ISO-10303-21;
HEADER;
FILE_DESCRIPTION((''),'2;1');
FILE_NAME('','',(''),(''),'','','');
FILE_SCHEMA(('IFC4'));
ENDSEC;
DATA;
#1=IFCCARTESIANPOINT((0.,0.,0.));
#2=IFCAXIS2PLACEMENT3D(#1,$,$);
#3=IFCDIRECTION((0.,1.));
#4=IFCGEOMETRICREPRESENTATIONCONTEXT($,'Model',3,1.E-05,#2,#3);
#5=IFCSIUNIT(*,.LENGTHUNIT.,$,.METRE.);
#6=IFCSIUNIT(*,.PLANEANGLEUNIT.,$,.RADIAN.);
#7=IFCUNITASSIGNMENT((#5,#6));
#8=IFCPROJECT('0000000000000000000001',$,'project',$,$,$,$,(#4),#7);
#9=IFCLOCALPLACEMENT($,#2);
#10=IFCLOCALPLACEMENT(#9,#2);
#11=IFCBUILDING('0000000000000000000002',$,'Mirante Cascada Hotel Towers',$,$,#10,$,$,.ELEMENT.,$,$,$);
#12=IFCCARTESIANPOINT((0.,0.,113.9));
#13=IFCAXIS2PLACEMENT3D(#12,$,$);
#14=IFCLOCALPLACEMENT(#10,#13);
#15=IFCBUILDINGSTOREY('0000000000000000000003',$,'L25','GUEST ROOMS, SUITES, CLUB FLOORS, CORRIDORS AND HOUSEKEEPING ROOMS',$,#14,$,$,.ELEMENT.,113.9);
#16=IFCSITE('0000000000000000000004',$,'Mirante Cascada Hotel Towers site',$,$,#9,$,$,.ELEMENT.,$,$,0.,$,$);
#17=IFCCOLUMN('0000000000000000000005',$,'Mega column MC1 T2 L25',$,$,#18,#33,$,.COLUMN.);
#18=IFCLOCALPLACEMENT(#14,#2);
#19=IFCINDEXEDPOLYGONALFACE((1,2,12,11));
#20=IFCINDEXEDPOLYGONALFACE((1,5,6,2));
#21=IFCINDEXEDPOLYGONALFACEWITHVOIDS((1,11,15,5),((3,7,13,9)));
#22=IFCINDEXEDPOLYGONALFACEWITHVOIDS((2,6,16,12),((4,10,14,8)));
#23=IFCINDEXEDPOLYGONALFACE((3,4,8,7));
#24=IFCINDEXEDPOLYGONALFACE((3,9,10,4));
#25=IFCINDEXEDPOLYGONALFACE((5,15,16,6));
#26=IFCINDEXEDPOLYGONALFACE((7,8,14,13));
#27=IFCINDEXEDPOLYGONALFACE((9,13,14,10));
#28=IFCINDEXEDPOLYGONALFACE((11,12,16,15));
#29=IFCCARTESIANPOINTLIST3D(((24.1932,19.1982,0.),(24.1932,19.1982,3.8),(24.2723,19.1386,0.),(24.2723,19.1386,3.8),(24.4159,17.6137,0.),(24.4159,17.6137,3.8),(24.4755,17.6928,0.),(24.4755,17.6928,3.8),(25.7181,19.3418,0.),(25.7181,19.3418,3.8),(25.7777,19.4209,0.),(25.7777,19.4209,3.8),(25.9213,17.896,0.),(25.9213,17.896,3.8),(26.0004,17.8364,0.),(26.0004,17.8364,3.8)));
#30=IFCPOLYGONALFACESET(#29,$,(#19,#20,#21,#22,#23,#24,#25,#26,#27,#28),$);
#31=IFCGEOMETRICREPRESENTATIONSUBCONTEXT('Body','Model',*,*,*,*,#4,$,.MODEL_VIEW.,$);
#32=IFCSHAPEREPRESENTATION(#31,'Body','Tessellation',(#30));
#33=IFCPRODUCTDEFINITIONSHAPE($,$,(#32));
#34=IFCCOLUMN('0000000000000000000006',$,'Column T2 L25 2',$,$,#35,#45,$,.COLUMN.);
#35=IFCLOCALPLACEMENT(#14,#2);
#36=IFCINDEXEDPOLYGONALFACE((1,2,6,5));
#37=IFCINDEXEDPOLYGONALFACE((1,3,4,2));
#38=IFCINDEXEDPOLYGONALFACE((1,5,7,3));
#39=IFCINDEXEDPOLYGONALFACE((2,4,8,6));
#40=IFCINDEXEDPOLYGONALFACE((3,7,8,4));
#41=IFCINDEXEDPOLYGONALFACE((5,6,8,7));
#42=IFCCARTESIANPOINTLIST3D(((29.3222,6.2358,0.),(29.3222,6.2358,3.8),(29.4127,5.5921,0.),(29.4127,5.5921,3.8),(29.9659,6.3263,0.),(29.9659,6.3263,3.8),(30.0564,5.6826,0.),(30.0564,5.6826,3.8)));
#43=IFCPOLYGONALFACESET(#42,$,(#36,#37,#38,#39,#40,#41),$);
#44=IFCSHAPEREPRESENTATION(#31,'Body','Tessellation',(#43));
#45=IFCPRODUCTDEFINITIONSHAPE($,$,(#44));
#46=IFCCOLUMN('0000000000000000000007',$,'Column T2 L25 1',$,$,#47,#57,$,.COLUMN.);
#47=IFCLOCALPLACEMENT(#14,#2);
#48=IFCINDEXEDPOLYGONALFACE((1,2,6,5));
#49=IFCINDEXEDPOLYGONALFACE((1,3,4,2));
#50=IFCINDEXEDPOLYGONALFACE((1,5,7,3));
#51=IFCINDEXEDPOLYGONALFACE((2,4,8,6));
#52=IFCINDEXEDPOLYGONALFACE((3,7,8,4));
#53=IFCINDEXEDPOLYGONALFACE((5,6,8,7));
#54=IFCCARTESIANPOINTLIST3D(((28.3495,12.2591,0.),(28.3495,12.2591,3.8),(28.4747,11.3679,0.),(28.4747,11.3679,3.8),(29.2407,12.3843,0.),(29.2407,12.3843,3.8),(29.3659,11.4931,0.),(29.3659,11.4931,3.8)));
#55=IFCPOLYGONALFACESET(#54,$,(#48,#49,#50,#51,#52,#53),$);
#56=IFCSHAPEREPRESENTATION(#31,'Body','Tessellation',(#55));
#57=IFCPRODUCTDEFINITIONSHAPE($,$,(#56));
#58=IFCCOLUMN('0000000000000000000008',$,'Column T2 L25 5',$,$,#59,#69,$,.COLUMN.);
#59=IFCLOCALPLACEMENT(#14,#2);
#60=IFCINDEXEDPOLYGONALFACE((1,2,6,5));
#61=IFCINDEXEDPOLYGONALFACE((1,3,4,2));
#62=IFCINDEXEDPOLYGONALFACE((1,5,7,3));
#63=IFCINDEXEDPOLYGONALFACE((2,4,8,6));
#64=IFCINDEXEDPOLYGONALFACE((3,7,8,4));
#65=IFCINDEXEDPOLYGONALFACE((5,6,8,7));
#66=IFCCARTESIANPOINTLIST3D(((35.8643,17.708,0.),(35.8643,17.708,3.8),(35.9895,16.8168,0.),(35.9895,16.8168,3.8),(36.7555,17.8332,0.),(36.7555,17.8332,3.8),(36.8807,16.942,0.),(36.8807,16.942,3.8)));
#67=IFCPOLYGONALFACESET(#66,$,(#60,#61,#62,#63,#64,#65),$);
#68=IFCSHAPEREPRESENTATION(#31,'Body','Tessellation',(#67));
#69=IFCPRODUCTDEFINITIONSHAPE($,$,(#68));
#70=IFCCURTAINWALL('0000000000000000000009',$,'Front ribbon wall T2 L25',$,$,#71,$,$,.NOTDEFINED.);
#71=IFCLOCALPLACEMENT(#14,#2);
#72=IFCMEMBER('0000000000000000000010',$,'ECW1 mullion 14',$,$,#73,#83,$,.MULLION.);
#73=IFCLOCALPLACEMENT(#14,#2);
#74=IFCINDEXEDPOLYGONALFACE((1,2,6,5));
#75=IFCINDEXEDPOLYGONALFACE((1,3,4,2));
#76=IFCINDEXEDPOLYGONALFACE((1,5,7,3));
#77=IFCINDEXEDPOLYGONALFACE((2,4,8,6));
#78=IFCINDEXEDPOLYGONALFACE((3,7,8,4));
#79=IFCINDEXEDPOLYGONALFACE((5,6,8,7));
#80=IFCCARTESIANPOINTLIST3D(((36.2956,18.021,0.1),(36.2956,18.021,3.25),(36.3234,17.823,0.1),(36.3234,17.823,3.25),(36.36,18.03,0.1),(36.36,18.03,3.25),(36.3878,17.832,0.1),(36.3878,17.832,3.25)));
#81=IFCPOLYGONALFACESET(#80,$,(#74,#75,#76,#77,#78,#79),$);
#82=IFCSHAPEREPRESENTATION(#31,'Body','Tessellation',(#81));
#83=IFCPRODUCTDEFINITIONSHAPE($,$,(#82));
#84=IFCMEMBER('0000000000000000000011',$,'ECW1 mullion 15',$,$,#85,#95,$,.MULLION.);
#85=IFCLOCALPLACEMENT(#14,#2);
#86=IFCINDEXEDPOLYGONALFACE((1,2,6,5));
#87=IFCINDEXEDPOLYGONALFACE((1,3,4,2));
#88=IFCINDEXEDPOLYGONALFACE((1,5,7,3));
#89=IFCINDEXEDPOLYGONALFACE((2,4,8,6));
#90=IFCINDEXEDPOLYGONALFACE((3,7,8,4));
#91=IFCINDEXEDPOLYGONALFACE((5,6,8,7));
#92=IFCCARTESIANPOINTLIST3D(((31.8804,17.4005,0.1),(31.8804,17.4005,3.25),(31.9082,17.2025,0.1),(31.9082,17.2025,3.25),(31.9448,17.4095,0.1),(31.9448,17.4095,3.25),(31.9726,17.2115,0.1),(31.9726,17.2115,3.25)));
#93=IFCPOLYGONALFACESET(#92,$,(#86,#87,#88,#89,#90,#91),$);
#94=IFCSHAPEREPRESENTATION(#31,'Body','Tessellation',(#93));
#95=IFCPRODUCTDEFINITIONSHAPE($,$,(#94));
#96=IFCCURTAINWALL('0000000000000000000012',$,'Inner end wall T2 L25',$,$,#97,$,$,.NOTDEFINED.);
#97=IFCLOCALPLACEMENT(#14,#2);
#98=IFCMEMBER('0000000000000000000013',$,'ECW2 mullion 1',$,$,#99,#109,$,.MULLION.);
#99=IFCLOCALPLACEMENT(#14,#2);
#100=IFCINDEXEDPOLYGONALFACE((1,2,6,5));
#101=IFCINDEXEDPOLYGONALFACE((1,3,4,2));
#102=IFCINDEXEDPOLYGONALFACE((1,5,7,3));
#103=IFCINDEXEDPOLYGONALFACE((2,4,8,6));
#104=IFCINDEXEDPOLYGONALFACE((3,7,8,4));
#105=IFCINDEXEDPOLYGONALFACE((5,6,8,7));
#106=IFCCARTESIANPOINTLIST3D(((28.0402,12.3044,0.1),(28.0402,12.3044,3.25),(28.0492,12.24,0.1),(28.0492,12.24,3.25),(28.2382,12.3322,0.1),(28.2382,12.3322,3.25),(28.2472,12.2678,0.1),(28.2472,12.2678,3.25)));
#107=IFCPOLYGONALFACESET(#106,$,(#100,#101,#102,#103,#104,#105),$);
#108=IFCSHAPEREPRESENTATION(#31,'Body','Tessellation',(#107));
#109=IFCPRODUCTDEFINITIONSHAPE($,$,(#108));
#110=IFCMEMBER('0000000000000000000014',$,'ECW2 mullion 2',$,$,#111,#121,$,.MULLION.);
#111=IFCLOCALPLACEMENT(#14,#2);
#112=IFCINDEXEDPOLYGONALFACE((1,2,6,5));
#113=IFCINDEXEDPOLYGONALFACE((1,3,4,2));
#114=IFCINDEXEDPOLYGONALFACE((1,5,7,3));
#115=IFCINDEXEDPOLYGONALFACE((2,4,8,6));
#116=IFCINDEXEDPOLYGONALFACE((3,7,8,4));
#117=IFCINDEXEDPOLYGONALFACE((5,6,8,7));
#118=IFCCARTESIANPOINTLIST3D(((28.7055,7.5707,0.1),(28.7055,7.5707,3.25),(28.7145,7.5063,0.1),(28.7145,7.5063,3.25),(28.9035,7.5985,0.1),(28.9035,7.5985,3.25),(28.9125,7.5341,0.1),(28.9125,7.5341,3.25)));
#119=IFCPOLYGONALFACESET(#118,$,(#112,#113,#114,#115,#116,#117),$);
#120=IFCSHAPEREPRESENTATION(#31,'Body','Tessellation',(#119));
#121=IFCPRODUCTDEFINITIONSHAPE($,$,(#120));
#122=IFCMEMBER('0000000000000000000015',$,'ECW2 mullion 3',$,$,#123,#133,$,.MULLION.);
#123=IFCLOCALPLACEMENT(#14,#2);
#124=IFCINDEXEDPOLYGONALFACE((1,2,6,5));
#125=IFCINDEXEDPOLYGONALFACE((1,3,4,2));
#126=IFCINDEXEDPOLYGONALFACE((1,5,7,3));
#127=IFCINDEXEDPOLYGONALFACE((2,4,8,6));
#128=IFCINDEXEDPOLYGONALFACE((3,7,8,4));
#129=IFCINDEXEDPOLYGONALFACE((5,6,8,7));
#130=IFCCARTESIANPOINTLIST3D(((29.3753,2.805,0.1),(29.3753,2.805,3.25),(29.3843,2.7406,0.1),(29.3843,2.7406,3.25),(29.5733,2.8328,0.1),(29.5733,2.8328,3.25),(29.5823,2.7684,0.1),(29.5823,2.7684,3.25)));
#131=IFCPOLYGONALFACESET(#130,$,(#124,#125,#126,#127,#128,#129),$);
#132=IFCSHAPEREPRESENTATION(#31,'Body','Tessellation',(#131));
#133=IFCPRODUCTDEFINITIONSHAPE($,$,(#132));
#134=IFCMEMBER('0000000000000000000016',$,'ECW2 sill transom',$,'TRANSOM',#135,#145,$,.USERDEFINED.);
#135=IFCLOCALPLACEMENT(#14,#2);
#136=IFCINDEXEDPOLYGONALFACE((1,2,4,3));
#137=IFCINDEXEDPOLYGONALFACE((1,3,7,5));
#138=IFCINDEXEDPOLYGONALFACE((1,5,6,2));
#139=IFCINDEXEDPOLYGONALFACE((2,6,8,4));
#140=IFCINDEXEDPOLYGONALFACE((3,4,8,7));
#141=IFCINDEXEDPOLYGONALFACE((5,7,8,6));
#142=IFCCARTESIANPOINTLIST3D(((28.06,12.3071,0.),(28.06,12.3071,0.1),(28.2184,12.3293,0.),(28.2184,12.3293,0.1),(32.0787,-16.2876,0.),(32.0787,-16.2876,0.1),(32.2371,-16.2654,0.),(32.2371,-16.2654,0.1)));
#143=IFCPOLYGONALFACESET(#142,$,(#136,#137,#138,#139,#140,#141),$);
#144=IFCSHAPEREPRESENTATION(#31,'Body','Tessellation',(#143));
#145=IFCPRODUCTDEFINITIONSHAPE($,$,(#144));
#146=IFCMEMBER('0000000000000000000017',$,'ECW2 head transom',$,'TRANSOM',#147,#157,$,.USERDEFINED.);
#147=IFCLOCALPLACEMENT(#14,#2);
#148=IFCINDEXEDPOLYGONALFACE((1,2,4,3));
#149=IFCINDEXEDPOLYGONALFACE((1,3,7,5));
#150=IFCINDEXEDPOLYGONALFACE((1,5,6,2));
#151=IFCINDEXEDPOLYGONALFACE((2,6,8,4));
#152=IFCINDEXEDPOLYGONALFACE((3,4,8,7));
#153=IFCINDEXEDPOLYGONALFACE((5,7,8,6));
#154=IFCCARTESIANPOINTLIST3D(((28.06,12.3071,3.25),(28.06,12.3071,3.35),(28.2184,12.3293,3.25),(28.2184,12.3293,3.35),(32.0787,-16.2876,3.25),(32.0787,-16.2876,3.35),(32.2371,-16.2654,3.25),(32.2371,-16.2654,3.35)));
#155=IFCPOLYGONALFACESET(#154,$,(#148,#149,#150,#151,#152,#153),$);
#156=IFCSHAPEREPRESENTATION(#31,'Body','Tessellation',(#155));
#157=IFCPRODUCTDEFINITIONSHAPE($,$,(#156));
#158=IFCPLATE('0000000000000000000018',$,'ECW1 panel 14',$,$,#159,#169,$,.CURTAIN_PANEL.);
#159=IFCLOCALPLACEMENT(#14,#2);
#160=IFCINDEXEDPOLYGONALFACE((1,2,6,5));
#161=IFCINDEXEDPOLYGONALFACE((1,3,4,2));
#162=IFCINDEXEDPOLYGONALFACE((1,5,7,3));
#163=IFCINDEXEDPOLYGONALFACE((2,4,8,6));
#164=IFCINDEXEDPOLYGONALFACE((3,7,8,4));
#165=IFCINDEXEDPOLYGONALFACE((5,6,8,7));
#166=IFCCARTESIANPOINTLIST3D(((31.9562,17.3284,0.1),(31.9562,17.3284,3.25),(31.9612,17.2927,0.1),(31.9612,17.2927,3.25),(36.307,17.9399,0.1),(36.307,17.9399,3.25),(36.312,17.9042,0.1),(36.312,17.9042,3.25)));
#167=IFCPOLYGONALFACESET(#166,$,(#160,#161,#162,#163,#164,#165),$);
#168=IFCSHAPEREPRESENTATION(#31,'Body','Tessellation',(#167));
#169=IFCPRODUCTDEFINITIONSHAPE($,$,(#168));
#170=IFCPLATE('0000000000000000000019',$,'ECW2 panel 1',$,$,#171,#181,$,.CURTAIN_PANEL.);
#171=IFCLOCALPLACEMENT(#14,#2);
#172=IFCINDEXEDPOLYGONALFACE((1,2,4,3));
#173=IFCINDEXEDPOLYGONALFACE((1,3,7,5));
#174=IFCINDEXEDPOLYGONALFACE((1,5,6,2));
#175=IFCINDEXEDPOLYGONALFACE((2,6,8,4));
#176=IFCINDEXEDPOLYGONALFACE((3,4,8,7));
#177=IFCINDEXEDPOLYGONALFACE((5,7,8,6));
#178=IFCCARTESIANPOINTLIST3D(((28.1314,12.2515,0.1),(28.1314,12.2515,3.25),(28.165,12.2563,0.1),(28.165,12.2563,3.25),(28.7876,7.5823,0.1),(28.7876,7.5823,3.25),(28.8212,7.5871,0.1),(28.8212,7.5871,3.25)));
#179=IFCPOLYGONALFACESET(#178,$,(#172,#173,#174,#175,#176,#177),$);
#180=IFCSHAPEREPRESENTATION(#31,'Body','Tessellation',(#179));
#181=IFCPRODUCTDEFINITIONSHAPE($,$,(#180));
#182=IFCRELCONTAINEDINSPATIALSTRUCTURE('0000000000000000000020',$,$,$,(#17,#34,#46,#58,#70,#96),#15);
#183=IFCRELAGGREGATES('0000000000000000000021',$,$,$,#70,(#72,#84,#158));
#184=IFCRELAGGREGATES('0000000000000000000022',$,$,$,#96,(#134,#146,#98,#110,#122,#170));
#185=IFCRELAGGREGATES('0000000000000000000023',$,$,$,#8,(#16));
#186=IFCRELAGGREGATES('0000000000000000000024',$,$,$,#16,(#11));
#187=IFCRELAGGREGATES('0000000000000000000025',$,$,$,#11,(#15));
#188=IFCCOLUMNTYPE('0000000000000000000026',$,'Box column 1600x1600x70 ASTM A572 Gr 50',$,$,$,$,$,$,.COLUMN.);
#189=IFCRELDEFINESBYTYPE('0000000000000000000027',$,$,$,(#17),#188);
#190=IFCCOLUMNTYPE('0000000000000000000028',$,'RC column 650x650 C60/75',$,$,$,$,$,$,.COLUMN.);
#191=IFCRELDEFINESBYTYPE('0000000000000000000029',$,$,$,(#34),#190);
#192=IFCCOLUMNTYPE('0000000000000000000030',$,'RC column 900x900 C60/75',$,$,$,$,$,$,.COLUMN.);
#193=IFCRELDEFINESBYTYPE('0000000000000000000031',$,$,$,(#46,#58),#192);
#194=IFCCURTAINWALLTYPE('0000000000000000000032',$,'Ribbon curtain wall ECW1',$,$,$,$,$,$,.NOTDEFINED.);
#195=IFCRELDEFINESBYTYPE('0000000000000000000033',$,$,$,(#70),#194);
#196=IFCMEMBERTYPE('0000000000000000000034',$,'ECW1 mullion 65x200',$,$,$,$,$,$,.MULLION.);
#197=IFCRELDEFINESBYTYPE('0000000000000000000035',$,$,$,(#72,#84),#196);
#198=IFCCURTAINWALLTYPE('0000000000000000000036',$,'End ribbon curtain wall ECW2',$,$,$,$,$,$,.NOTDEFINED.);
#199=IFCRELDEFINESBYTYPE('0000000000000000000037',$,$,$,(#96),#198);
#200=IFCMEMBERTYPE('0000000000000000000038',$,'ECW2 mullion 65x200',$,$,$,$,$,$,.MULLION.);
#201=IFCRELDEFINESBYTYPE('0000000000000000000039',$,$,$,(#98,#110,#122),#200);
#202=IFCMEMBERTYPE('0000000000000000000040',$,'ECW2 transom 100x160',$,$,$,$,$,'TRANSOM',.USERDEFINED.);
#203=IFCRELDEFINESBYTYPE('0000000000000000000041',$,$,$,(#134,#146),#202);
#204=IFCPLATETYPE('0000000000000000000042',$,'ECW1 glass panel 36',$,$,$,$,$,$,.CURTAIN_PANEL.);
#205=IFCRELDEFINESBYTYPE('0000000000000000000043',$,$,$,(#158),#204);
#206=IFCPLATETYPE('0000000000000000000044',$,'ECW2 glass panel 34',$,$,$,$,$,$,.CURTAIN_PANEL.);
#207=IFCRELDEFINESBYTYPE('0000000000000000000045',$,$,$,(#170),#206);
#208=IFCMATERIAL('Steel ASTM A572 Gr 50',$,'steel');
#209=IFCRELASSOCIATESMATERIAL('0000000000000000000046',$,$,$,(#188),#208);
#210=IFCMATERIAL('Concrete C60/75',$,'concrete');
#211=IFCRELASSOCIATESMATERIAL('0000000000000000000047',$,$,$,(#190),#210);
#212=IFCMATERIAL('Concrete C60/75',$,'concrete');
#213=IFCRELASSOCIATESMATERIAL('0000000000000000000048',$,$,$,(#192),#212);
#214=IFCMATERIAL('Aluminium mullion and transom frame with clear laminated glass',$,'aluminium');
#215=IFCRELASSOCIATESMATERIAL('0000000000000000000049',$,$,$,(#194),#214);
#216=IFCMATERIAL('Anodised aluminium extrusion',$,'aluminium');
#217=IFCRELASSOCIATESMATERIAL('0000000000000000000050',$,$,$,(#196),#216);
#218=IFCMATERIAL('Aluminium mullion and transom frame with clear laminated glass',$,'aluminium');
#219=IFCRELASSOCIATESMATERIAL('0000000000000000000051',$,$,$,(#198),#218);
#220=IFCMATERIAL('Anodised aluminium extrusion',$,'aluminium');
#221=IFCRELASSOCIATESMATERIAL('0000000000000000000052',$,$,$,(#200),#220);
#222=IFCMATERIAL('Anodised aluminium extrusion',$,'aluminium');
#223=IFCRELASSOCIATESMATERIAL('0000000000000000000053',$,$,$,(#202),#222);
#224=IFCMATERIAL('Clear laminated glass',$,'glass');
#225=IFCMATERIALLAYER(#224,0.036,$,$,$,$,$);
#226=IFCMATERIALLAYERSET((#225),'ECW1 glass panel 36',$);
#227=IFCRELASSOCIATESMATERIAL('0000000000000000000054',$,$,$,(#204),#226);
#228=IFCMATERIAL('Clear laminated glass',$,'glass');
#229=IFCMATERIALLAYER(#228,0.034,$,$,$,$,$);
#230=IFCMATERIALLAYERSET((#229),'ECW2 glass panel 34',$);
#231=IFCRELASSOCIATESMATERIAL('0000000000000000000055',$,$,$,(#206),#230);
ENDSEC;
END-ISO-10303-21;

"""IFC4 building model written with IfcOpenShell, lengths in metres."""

from ifc_helpers import new_model, si_unit, direction, frame, origin, origin_2d, place, context, subcontext, project, spatial, rectangle, hollow_rectangle, extrude, material, layer, layer_set, material_profile, profile_set, type_object, element, aggregate, save


model = new_model("IFC4")

# Units and contexts
model_context = context("Model", 3, precision=1e-05, world=origin(), true_north=direction((0.0, 1.0)))
body_context = subcontext(model_context, "Body", "Model", "MODEL_VIEW")
ifc_project = project(units=[si_unit("LENGTHUNIT", "METRE"), si_unit("PLANEANGLEUNIT", "RADIAN")], contexts=[model_context])

# Site, building, storey
site_placement = place(None, origin())
site = spatial("IfcSite", under=ifc_project, at=site_placement, Name="Mirante Cascada Hotel Towers site", CompositionType="ELEMENT", RefElevation=0.0)
building_placement = place(site_placement, origin())
building = spatial("IfcBuilding", under=site, at=building_placement, Name="Mirante Cascada Hotel Towers", CompositionType="ELEMENT")
storey_placement = place(building_placement, frame((0.0, 0.0, 113.9)))
storey = spatial("IfcBuildingStorey", under=building, at=storey_placement, Name="L25", Description="GUEST ROOMS, SUITES, CLUB FLOORS, CORRIDORS AND HOUSEKEEPING ROOMS", CompositionType="ELEMENT", Elevation=113.9)

# Columns
ifc_material_1 = material(Name="Steel ASTM A572 Gr 50", Category="steel")
ifc_material_profile_1 = material_profile(ifc_material_1, hollow_rectangle(XDim=1.6, YDim=1.6, WallThickness=0.07, at=origin_2d()), Name="Box column 1600x1600x70 ASTM A572 Gr 50")
ifc_profile_set_1 = profile_set([ifc_material_profile_1], Name="Steel ASTM A572 Gr 50")
column_type_1 = type_object("IfcColumnType", Name="Box column 1600x1600x70 ASTM A572 Gr 50", PredefinedType="COLUMN", material=ifc_profile_set_1)
column_1_placement = place(storey_placement, frame((25.0968, 18.5173, 0.0), z_axis=(0.0, 0.0, 1.0), x_axis=(0.990268, 0.139173, 0.0)))
element("IfcColumn", 1, at=column_1_placement, inside=storey, type_object=column_type_1, Name="Mega column MC1 T2 L25", PredefinedType="COLUMN", context=body_context, shape_type="SweptSolid", body=[
    extrude(hollow_rectangle(XDim=1.6, YDim=1.6, WallThickness=0.07, at=origin_2d()), origin(), (0.0, 0.0, 1.0), 3.8),
])
ifc_material_2 = material(Name="Concrete C60/75", Category="concrete")
ifc_material_profile_2 = material_profile(ifc_material_2, rectangle(XDim=0.65, YDim=0.65, at=origin_2d()), Name="RC column 650x650 C60/75")
ifc_profile_set_2 = profile_set([ifc_material_profile_2], Name="Concrete C60/75")
column_type_2 = type_object("IfcColumnType", Name="RC column 650x650 C60/75", PredefinedType="COLUMN", material=ifc_profile_set_2)
column_2_placement = place(storey_placement, frame((29.6893, 5.9592, 0.0), z_axis=(0.0, 0.0, 1.0), x_axis=(0.990268, 0.139173, 0.0)))
element("IfcColumn", 2, at=column_2_placement, inside=storey, type_object=column_type_2, Name="Column T2 L25 2", PredefinedType="COLUMN", context=body_context, shape_type="SweptSolid", body=[
    extrude(rectangle(XDim=0.65, YDim=0.65, at=origin_2d()), origin(), (0.0, 0.0, 1.0), 3.8),
])
ifc_material_3 = material(Name="Concrete C60/75", Category="concrete")
ifc_material_profile_3 = material_profile(ifc_material_3, rectangle(XDim=0.9, YDim=0.9, at=origin_2d()), Name="RC column 900x900 C60/75")
ifc_profile_set_3 = profile_set([ifc_material_profile_3], Name="Concrete C60/75")
column_type_3 = type_object("IfcColumnType", Name="RC column 900x900 C60/75", PredefinedType="COLUMN", material=ifc_profile_set_3)
for number, where, z_axis, x_axis, name in (
    (3, (28.8577, 11.8761, 0.0), (0.0, 0.0, 1.0), (0.990268, 0.139173, 0.0), "Column T2 L25 1"),
    (4, (36.3725, 17.325, 0.0), (0.0, 0.0, 1.0), (0.990268, 0.139173, 0.0), "Column T2 L25 5"),
):
    element("IfcColumn", number, at=place(storey_placement, frame(where, z_axis=z_axis, x_axis=x_axis)), inside=storey, type_object=column_type_3, Name=name, PredefinedType="COLUMN", context=body_context, shape_type="SweptSolid", body=[
        extrude(rectangle(XDim=0.9, YDim=0.9, at=origin_2d()), origin(), (0.0, 0.0, 1.0), 3.8),
    ])

# Curtain walls, members
ifc_material_4 = material(Name="Aluminium mullion and transom frame with clear laminated glass", Category="aluminium")
curtain_wall_type_1 = type_object("IfcCurtainWallType", Name="Ribbon curtain wall ECW1", PredefinedType="NOTDEFINED", material=ifc_material_4)
curtain_wall_1_placement = place(storey_placement, origin())
curtain_wall_1 = element("IfcCurtainWall", 5, at=curtain_wall_1_placement, inside=storey, type_object=curtain_wall_type_1, Name="Front ribbon wall T2 L25", PredefinedType="NOTDEFINED")
ifc_material_5 = material(Name="Anodised aluminium extrusion", Category="aluminium")
ifc_material_profile_4 = material_profile(ifc_material_5, rectangle(XDim=0.2, YDim=0.065, at=origin_2d()), Name="ECW1 MULLION 65x200")
ifc_profile_set_4 = profile_set([ifc_material_profile_4], Name="Anodised aluminium extrusion")
member_type_1 = type_object("IfcMemberType", Name="ECW1 mullion 65x200", PredefinedType="MULLION", material=ifc_profile_set_4)
member_1_placement = place(storey_placement, frame((36.3417, 17.9265, 0.1), z_axis=(0.0, 0.0, 1.0), x_axis=(0.139173, -0.990268, 0.0)))
member_1 = element("IfcMember", 6, at=member_1_placement, type_object=member_type_1, Name="ECW1 mullion 14", PredefinedType="MULLION", context=body_context, shape_type="SweptSolid", body=[
    extrude(rectangle(XDim=0.2, YDim=0.065, at=origin_2d()), origin(), (0.0, 0.0, 1.0), 3.15),
])
member_2_placement = place(storey_placement, frame((31.9265, 17.306, 0.1), z_axis=(0.0, 0.0, 1.0), x_axis=(0.139173, -0.990268, 0.0)))
member_2 = element("IfcMember", 7, at=member_2_placement, type_object=member_type_1, Name="ECW1 mullion 15", PredefinedType="MULLION", context=body_context, shape_type="SweptSolid", body=[
    extrude(rectangle(XDim=0.2, YDim=0.065, at=origin_2d()), origin(), (0.0, 0.0, 1.0), 3.15),
])
ifc_material_6 = material(Name="Aluminium mullion and transom frame with clear laminated glass", Category="aluminium")
curtain_wall_type_2 = type_object("IfcCurtainWallType", Name="End ribbon curtain wall ECW2", PredefinedType="NOTDEFINED", material=ifc_material_6)
curtain_wall_2_placement = place(storey_placement, origin())
curtain_wall_2 = element("IfcCurtainWall", 8, at=curtain_wall_2_placement, inside=storey, type_object=curtain_wall_type_2, Name="Inner end wall T2 L25", PredefinedType="NOTDEFINED")
ifc_material_7 = material(Name="Anodised aluminium extrusion", Category="aluminium")
ifc_material_profile_5 = material_profile(ifc_material_7, rectangle(XDim=0.2, YDim=0.065, at=origin_2d()), Name="ECW2 MULLION 65x200")
ifc_profile_set_5 = profile_set([ifc_material_profile_5], Name="Anodised aluminium extrusion")
member_type_2 = type_object("IfcMemberType", Name="ECW2 mullion 65x200", PredefinedType="MULLION", material=ifc_profile_set_5)
member_3_placement = place(storey_placement, frame((28.1437, 12.2861, 0.1), z_axis=(0.0, 0.0, 1.0), x_axis=(0.990268, 0.139173, 0.0)))
member_3 = element("IfcMember", 9, at=member_3_placement, type_object=member_type_2, Name="ECW2 mullion 1", PredefinedType="MULLION", context=body_context, shape_type="SweptSolid", body=[
    extrude(rectangle(XDim=0.2, YDim=0.065, at=origin_2d()), origin(), (0.0, 0.0, 1.0), 3.15),
])
member_4_placement = place(storey_placement, frame((28.809, 7.5524, 0.1), z_axis=(0.0, 0.0, 1.0), x_axis=(0.990268, 0.139173, 0.0)))
member_4 = element("IfcMember", 10, at=member_4_placement, type_object=member_type_2, Name="ECW2 mullion 2", PredefinedType="MULLION", context=body_context, shape_type="SweptSolid", body=[
    extrude(rectangle(XDim=0.2, YDim=0.065, at=origin_2d()), origin(), (0.0, 0.0, 1.0), 3.15),
])
member_5_placement = place(storey_placement, frame((29.4788, 2.7867, 0.1), z_axis=(0.0, 0.0, 1.0), x_axis=(0.990268, 0.139173, 0.0)))
member_5 = element("IfcMember", 11, at=member_5_placement, type_object=member_type_2, Name="ECW2 mullion 3", PredefinedType="MULLION", context=body_context, shape_type="SweptSolid", body=[
    extrude(rectangle(XDim=0.2, YDim=0.065, at=origin_2d()), origin(), (0.0, 0.0, 1.0), 3.15),
])
ifc_material_8 = material(Name="Anodised aluminium extrusion", Category="aluminium")
ifc_material_profile_6 = material_profile(ifc_material_8, rectangle(XDim=0.16, YDim=0.1, at=origin_2d()), Name="ECW2 TRANSOM 100x160")
ifc_profile_set_6 = profile_set([ifc_material_profile_6], Name="Anodised aluminium extrusion")
member_type_3 = type_object("IfcMemberType", Name="ECW2 transom 100x160", ElementType="TRANSOM", PredefinedType="USERDEFINED", material=ifc_profile_set_6)
member_6_placement = place(storey_placement, frame((28.1392, 12.3182, 0.05), z_axis=(0.139172, -0.990268, 0.0), x_axis=(0.990268, 0.139172, 0.0)))
member_6 = element("IfcMember", 12, at=member_6_placement, type_object=member_type_3, Name="ECW2 sill transom", ObjectType="TRANSOM", PredefinedType="USERDEFINED", context=body_context, shape_type="SweptSolid", body=[
    extrude(rectangle(XDim=0.16, YDim=0.1, at=origin_2d()), origin(), (0.0, 0.0, 1.0), 28.8757),
])
member_7_placement = place(storey_placement, frame((28.1392, 12.3182, 3.3), z_axis=(0.139172, -0.990268, 0.0), x_axis=(0.990268, 0.139172, 0.0)))
member_7 = element("IfcMember", 13, at=member_7_placement, type_object=member_type_3, Name="ECW2 head transom", ObjectType="TRANSOM", PredefinedType="USERDEFINED", context=body_context, shape_type="SweptSolid", body=[
    extrude(rectangle(XDim=0.16, YDim=0.1, at=origin_2d()), origin(), (0.0, 0.0, 1.0), 28.8757),
])

# Plates
ifc_material_9 = material(Name="Clear laminated glass", Category="glass")
ifc_layer_1 = layer(ifc_material_9, 0.036)
ifc_layer_set_1 = layer_set([ifc_layer_1], Name="ECW1 glass panel 36")
plate_type_1 = type_object("IfcPlateType", Name="ECW1 glass panel 36", PredefinedType="CURTAIN_PANEL", material=ifc_layer_set_1)
plate_1_placement = place(storey_placement, frame((34.1341, 17.6163, 0.1), z_axis=(0.0, 0.0, 1.0), x_axis=(-0.990268, -0.139173, 0.0)))
plate_1 = element("IfcPlate", 14, at=plate_1_placement, type_object=plate_type_1, Name="ECW1 panel 14", PredefinedType="CURTAIN_PANEL", context=body_context, shape_type="SweptSolid", body=[
    extrude(rectangle(XDim=4.3936, YDim=0.036, at=origin_2d()), origin(), (0.0, 0.0, 1.0), 3.15),
])
aggregate(curtain_wall_1, [member_1, member_2, plate_1])
ifc_material_10 = material(Name="Clear laminated glass", Category="glass")
ifc_layer_2 = layer(ifc_material_10, 0.034)
ifc_layer_set_2 = layer_set([ifc_layer_2], Name="ECW2 glass panel 34")
plate_type_2 = type_object("IfcPlateType", Name="ECW2 glass panel 34", PredefinedType="CURTAIN_PANEL", material=ifc_layer_set_2)
plate_2_placement = place(storey_placement, frame((28.4763, 9.9193, 0.1), z_axis=(0.0, 0.0, 1.0), x_axis=(0.139173, -0.990268, 0.0)))
plate_2 = element("IfcPlate", 15, at=plate_2_placement, type_object=plate_type_2, Name="ECW2 panel 1", PredefinedType="CURTAIN_PANEL", context=body_context, shape_type="SweptSolid", body=[
    extrude(rectangle(XDim=4.7151, YDim=0.034, at=origin_2d()), origin(), (0.0, 0.0, 1.0), 3.15),
])
aggregate(curtain_wall_2, [member_6, member_7, member_3, member_4, member_5, plate_2])

save(model, "model.ifc")
